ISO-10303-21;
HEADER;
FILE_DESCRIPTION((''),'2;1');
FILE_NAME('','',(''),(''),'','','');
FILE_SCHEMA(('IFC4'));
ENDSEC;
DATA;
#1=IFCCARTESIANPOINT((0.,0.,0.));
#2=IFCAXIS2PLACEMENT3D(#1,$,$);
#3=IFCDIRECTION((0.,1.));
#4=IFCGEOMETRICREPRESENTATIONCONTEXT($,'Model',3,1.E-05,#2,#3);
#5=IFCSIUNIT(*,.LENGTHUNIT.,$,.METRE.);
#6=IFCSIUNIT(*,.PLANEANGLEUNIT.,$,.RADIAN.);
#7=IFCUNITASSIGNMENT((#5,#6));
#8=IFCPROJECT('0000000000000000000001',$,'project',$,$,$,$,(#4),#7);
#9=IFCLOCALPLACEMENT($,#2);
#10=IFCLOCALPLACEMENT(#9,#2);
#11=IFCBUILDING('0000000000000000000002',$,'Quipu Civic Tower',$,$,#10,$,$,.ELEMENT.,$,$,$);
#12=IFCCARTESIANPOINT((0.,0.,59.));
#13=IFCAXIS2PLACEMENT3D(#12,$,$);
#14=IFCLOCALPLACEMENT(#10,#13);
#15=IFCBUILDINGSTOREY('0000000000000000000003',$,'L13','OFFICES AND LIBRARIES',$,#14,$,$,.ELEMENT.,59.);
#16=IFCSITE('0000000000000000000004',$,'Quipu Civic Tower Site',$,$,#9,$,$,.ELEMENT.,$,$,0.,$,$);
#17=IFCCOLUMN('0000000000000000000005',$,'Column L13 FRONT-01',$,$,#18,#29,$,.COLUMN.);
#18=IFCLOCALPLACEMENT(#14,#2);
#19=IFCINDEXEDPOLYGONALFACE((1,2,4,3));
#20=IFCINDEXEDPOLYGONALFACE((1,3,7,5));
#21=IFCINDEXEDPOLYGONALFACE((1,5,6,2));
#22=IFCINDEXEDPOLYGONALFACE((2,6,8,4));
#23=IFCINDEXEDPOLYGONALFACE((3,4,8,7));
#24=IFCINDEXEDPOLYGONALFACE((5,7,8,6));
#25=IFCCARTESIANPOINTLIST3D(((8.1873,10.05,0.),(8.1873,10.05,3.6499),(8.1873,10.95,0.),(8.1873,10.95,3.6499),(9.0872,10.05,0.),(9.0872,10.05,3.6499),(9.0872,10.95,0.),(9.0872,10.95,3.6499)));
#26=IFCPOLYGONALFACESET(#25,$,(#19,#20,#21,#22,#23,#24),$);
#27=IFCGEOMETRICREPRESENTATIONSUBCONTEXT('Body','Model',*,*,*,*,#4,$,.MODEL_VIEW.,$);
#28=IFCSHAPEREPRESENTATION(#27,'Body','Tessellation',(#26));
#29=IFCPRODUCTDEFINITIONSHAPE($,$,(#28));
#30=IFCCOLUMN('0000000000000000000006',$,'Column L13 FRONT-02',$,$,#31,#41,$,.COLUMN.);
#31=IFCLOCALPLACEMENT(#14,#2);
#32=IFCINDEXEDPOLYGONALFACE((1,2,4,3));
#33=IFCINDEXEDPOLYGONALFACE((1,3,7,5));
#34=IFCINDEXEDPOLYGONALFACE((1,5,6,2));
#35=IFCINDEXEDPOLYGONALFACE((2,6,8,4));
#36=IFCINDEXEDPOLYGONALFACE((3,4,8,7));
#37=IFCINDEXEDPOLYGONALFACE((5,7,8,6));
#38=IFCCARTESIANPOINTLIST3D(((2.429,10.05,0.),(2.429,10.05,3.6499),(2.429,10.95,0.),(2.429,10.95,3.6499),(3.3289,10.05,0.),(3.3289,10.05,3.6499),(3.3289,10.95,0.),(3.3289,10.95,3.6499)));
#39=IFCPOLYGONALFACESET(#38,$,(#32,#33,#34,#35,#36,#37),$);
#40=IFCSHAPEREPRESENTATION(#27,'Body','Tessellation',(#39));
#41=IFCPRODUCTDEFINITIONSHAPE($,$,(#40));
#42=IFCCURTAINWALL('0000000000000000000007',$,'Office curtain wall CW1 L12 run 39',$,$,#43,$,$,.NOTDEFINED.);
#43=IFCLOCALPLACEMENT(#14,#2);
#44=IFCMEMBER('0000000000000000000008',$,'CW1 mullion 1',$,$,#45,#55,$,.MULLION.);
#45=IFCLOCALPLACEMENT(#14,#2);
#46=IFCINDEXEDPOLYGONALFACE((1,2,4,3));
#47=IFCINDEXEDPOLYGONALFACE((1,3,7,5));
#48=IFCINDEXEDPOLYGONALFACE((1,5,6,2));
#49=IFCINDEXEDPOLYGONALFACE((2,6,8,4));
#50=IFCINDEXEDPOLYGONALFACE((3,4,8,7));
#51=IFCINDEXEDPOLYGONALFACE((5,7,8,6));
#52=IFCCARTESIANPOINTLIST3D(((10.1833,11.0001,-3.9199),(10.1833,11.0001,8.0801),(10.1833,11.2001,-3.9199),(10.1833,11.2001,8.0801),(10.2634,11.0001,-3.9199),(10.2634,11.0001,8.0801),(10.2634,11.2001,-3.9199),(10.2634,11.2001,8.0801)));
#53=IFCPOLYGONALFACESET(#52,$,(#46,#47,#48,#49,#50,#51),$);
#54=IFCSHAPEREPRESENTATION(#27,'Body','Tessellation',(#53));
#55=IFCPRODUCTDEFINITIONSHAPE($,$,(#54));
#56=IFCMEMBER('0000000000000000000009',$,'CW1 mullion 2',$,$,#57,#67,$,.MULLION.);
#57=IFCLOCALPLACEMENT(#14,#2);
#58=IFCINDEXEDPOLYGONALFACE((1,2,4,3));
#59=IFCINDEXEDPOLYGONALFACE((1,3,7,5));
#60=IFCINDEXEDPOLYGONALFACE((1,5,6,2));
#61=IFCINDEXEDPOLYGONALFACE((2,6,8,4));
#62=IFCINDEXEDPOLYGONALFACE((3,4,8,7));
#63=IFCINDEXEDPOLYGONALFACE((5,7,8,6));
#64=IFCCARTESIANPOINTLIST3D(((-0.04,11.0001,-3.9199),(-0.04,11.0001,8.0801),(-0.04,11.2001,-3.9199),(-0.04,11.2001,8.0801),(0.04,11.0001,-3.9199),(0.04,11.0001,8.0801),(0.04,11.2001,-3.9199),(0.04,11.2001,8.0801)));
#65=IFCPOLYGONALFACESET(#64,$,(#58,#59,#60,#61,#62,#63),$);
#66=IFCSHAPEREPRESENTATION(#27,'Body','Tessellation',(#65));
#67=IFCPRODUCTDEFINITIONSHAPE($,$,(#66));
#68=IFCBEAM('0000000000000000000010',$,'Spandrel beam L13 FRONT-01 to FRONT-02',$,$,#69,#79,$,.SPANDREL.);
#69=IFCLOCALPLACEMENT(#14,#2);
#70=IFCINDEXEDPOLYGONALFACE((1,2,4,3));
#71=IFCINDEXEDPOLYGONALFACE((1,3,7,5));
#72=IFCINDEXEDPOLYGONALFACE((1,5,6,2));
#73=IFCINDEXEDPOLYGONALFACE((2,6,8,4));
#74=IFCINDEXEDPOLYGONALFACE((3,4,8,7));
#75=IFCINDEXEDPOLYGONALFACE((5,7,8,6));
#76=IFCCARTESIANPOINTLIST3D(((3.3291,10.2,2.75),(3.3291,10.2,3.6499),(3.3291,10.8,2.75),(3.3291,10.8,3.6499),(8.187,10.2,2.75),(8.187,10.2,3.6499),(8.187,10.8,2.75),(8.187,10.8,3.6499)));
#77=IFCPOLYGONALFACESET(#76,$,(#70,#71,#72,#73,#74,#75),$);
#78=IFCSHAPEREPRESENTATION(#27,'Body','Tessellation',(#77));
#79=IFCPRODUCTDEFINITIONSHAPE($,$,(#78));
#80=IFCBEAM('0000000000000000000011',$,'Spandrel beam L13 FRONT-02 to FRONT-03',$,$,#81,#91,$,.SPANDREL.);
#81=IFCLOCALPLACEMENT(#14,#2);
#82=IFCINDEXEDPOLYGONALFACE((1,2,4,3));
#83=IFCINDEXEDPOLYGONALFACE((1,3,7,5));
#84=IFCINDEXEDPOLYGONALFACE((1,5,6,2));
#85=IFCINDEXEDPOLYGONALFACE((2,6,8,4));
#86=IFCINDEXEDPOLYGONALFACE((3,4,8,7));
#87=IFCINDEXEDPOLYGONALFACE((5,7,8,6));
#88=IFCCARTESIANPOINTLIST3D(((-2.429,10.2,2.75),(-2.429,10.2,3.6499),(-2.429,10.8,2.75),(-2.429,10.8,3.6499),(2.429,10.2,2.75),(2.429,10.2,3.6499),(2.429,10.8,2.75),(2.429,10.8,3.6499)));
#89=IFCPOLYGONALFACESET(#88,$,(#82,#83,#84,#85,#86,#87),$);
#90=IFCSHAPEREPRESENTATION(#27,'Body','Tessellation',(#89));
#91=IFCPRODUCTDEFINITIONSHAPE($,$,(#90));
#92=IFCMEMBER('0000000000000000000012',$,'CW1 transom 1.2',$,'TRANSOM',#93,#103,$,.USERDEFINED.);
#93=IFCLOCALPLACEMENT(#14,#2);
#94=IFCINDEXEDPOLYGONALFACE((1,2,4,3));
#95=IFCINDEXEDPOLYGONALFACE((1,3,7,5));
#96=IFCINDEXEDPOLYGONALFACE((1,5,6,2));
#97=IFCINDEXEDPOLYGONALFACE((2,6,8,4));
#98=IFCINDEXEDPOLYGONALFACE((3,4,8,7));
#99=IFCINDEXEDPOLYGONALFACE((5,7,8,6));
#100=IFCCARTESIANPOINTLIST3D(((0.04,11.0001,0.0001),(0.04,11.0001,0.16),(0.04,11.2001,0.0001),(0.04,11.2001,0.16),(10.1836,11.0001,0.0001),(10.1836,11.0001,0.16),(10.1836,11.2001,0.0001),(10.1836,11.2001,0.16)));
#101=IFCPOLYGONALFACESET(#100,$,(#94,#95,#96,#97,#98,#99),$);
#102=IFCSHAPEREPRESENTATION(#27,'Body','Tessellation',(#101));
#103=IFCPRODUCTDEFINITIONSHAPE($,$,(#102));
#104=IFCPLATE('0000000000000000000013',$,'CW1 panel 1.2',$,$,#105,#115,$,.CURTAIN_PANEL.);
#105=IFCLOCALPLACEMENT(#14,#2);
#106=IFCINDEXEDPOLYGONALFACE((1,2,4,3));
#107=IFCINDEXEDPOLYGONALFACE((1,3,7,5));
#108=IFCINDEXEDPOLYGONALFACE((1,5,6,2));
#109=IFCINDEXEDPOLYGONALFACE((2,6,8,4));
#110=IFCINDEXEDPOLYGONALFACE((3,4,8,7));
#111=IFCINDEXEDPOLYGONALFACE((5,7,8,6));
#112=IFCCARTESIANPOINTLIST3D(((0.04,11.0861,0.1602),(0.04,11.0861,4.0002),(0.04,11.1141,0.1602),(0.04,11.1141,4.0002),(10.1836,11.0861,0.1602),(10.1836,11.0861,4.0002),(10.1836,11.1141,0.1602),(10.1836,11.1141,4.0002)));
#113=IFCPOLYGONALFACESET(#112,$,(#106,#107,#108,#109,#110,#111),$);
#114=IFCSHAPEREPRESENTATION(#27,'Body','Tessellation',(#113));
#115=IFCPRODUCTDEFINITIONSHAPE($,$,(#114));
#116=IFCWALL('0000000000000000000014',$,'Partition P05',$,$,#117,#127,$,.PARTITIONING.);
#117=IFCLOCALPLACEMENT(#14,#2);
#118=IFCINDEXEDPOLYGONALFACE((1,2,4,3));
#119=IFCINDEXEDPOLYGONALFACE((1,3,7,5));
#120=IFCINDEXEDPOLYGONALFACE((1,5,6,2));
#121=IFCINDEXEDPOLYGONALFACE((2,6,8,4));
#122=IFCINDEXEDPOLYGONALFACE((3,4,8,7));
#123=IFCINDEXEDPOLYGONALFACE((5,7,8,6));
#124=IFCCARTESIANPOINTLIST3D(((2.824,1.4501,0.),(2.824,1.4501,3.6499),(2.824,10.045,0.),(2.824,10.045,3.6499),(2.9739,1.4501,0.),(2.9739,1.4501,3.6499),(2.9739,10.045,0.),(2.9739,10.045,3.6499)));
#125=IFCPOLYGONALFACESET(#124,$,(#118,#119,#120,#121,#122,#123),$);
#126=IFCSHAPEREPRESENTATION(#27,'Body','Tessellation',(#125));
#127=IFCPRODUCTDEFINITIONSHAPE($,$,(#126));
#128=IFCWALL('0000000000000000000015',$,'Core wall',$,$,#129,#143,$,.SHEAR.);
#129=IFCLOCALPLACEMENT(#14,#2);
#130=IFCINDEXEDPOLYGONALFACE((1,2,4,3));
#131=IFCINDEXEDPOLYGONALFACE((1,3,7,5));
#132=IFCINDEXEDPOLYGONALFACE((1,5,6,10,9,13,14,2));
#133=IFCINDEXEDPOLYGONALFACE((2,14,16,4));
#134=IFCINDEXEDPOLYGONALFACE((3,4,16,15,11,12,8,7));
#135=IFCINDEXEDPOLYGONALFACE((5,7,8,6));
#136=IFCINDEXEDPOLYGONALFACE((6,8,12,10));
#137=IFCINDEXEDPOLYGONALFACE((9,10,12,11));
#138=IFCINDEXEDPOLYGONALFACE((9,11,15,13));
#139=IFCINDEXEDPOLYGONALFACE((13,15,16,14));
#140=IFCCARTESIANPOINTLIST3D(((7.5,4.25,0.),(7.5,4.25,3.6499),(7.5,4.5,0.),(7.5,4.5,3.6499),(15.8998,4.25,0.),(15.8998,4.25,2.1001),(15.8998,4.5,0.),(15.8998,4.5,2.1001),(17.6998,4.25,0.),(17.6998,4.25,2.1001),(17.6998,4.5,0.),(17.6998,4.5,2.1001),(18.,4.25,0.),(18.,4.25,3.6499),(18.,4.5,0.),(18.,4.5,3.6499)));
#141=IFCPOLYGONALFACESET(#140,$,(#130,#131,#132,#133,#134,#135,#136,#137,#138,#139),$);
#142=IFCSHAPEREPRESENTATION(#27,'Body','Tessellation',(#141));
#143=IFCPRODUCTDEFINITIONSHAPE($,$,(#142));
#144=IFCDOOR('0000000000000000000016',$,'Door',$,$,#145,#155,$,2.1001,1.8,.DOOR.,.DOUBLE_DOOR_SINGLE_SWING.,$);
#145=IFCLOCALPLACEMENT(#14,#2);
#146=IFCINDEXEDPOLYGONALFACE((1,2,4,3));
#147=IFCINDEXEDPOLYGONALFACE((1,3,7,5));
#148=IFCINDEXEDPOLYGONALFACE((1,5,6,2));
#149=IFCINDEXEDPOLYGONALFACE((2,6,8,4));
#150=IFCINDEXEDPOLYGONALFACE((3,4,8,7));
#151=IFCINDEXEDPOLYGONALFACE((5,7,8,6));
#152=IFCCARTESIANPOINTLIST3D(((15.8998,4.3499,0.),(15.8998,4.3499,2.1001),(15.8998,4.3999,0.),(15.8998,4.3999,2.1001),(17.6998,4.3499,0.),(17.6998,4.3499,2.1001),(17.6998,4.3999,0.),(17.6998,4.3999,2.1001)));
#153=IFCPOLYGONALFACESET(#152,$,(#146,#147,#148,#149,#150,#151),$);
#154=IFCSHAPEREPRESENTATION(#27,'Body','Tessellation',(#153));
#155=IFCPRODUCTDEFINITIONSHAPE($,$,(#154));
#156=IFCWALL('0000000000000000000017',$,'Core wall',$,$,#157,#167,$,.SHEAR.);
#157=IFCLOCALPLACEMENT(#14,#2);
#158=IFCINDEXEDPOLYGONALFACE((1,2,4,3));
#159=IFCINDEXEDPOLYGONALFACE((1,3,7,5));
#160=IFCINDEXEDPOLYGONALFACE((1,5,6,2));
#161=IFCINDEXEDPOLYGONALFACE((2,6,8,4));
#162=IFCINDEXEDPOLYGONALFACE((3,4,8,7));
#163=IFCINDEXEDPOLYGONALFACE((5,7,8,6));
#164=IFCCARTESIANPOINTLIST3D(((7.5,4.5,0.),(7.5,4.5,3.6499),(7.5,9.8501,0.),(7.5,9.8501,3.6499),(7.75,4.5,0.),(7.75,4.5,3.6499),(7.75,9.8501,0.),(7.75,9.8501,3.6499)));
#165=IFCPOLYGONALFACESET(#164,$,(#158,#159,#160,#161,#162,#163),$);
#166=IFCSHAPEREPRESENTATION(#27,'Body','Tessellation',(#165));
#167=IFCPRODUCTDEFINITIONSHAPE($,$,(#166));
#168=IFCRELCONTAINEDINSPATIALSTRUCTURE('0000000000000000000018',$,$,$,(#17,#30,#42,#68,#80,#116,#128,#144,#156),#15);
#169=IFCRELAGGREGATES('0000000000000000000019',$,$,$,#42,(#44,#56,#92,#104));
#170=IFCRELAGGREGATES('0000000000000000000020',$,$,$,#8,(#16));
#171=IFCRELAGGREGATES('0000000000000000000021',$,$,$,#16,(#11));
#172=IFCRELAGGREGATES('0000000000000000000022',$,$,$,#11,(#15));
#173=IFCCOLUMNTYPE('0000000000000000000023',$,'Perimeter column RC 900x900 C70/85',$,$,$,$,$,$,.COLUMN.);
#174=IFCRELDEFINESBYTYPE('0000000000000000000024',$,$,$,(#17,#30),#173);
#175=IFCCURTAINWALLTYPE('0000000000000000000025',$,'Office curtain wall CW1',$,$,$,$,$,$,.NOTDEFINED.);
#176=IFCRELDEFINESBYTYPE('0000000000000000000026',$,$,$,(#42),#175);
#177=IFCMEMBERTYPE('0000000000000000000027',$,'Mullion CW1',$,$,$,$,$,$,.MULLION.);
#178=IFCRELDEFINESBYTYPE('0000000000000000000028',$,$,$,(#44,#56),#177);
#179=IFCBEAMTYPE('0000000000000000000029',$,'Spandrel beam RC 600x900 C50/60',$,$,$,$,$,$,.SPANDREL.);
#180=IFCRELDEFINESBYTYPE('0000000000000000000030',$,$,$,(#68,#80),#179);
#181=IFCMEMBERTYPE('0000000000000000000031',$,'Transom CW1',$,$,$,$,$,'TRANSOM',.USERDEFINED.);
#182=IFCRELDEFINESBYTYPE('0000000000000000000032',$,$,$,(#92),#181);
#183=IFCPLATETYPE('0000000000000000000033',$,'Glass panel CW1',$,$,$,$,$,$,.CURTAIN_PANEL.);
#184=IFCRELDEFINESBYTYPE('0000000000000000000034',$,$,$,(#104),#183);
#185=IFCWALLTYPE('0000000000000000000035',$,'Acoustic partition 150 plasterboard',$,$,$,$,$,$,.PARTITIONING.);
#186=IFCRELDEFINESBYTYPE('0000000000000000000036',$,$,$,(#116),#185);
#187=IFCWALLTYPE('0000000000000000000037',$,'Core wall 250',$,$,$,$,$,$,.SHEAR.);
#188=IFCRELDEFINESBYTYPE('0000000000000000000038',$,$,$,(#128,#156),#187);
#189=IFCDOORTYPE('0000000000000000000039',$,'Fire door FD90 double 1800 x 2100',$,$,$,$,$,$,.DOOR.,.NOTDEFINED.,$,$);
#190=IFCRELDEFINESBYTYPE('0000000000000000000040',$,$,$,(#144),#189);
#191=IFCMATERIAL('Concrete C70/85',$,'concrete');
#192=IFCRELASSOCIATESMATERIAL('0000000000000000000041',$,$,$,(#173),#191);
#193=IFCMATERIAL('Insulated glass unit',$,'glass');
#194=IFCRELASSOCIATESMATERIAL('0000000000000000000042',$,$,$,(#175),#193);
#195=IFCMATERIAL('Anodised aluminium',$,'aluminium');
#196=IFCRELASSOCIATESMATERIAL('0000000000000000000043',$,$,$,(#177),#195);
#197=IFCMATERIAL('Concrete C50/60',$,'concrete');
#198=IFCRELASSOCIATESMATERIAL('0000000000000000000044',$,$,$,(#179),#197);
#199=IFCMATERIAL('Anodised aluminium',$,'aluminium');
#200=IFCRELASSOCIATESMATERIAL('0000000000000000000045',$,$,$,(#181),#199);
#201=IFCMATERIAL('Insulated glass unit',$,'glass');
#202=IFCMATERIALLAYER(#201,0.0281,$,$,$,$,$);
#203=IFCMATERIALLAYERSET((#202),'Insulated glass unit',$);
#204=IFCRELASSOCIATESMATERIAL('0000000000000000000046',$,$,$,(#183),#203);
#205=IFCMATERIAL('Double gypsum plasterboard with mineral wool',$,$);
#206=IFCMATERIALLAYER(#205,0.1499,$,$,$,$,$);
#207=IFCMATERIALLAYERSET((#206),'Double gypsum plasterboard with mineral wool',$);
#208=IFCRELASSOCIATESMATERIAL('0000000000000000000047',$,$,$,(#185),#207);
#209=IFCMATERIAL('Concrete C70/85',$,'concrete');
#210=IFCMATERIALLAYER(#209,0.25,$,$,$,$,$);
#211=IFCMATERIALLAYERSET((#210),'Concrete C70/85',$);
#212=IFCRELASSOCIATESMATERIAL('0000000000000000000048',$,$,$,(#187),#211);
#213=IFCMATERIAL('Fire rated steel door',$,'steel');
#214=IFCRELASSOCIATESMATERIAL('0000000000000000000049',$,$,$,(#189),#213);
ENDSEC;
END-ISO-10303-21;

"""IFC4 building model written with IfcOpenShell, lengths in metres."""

from ifc_helpers import new_model, si_unit, direction, frame, frame_2d, origin, origin_2d, place, context, subcontext, project, spatial, rectangle, extrude, material, layer, layer_set, material_profile, profile_set, type_object, element, fill, aggregate, save


model = new_model("IFC4")

# Units and contexts
model_context = context("Model", 3, precision=1e-05, world=origin(), true_north=direction((0.0, 1.0)))
body_context = subcontext(model_context, "Body", "Model", "MODEL_VIEW")
ifc_project = project(units=[si_unit("LENGTHUNIT", "METRE"), si_unit("PLANEANGLEUNIT", "RADIAN")], contexts=[model_context])

# Site, building, storey
site_placement = place(None, origin())
site = spatial("IfcSite", under=ifc_project, at=site_placement, Name="Quipu Civic Tower Site", CompositionType="ELEMENT", RefElevation=0.0)
building_placement = place(site_placement, origin())
building = spatial("IfcBuilding", under=site, at=building_placement, Name="Quipu Civic Tower", CompositionType="ELEMENT")
storey_placement = place(building_placement, frame((0.0, 0.0, 59.0)))
storey = spatial("IfcBuildingStorey", under=building, at=storey_placement, Name="L13", Description="OFFICES AND LIBRARIES", CompositionType="ELEMENT", Elevation=59.0)

# Columns
ifc_material_1 = material(Name="Concrete C70/85", Category="concrete")
ifc_material_profile_1 = material_profile(ifc_material_1, rectangle(XDim=0.8999, YDim=0.8999, at=origin_2d()), Name="RC900x900")
ifc_profile_set_1 = profile_set([ifc_material_profile_1], Name="Concrete C70/85")
column_type = type_object("IfcColumnType", Name="Perimeter column RC 900x900 C70/85", PredefinedType="COLUMN", material=ifc_profile_set_1)
for number, where, z_axis, x_axis, name in (
    (1, (8.6372, 10.5, 0.0), (0.0, 0.0, 1.0), (-1.0, 0.0, 0.0), "Column L13 FRONT-01"),
    (2, (2.8789, 10.5, 0.0), (0.0, 0.0, 1.0), (-1.0, 0.0, 0.0), "Column L13 FRONT-02"),
):
    element("IfcColumn", number, at=place(storey_placement, frame(where, z_axis=z_axis, x_axis=x_axis)), inside=storey, type_object=column_type, Name=name, PredefinedType="COLUMN", context=body_context, shape_type="SweptSolid", body=[
        extrude(rectangle(XDim=0.8999, YDim=0.8999, at=origin_2d()), origin(), (0.0, 0.0, 1.0), 3.6499),
    ])

# Curtain wall, members
ifc_material_2 = material(Name="Insulated glass unit", Category="glass")
curtain_wall_type = type_object("IfcCurtainWallType", Name="Office curtain wall CW1", PredefinedType="NOTDEFINED", material=ifc_material_2)
curtain_wall_placement = place(storey_placement, origin())
curtain_wall = element("IfcCurtainWall", 3, at=curtain_wall_placement, inside=storey, type_object=curtain_wall_type, Name="Office curtain wall CW1 L12 run 39", PredefinedType="NOTDEFINED")
ifc_material_3 = material(Name="Anodised aluminium", Category="aluminium")
ifc_material_profile_2 = material_profile(ifc_material_3, rectangle(XDim=0.2, YDim=0.0801, at=origin_2d()), Name="RECT 200x80")
ifc_profile_set_2 = profile_set([ifc_material_profile_2], Name="Anodised aluminium")
member_type_1 = type_object("IfcMemberType", Name="Mullion CW1", PredefinedType="MULLION", material=ifc_profile_set_2)
member_1_placement = place(storey_placement, frame((10.2234, 11.1001, -3.9199), z_axis=(0.0, 0.0, 1.0), x_axis=(0.0, -1.0, 0.0)))
member_1 = element("IfcMember", 4, at=member_1_placement, type_object=member_type_1, Name="CW1 mullion 1", PredefinedType="MULLION", context=body_context, shape_type="SweptSolid", body=[
    extrude(rectangle(XDim=0.2, YDim=0.0801, at=origin_2d()), origin(), (0.0, 0.0, 1.0), 12.0),
])
member_2_placement = place(storey_placement, frame((0.0, 11.1001, -3.9199), z_axis=(0.0, 0.0, 1.0), x_axis=(0.0, -1.0, 0.0)))
member_2 = element("IfcMember", 5, at=member_2_placement, type_object=member_type_1, Name="CW1 mullion 2", PredefinedType="MULLION", context=body_context, shape_type="SweptSolid", body=[
    extrude(rectangle(XDim=0.2, YDim=0.0801, at=origin_2d()), origin(), (0.0, 0.0, 1.0), 12.0),
])

# Beams
ifc_material_4 = material(Name="Concrete C50/60", Category="concrete")
ifc_material_profile_3 = material_profile(ifc_material_4, rectangle(XDim=0.6001, YDim=0.8999, at=origin_2d()), Name="RC600x900")
ifc_profile_set_3 = profile_set([ifc_material_profile_3], Name="Concrete C50/60")
beam_type = type_object("IfcBeamType", Name="Spandrel beam RC 600x900 C50/60", PredefinedType="SPANDREL", material=ifc_profile_set_3)
for number, where, z_axis, x_axis, name in (
    (6, (8.187, 10.5, 3.2), (-1.0, 0.0, 0.0), (0.0, -1.0, 0.0), "Spandrel beam L13 FRONT-01 to FRONT-02"),
    (7, (2.429, 10.5, 3.2), (-1.0, 0.0, 0.0), (0.0, -1.0, 0.0), "Spandrel beam L13 FRONT-02 to FRONT-03"),
):
    element("IfcBeam", number, at=place(storey_placement, frame(where, z_axis=z_axis, x_axis=x_axis)), inside=storey, type_object=beam_type, Name=name, PredefinedType="SPANDREL", context=body_context, shape_type="SweptSolid", body=[
        extrude(rectangle(XDim=0.6001, YDim=0.8999, at=origin_2d()), origin(), (0.0, 0.0, 1.0), 4.8579),
    ])

# Member
ifc_material_5 = material(Name="Anodised aluminium", Category="aluminium")
ifc_material_profile_4 = material_profile(ifc_material_5, rectangle(XDim=0.2, YDim=0.1599, at=origin_2d()), Name="RECT 200x160")
ifc_profile_set_4 = profile_set([ifc_material_profile_4], Name="Anodised aluminium")
member_type_2 = type_object("IfcMemberType", Name="Transom CW1", ElementType="TRANSOM", PredefinedType="USERDEFINED", material=ifc_profile_set_4)
member_3_placement = place(storey_placement, frame((10.1836, 11.1001, 0.0801), z_axis=(-1.0, 0.0, 0.0), x_axis=(0.0, -1.0, 0.0)))
member_3 = element("IfcMember", 8, at=member_3_placement, type_object=member_type_2, Name="CW1 transom 1.2", ObjectType="TRANSOM", PredefinedType="USERDEFINED", context=body_context, shape_type="SweptSolid", body=[
    extrude(rectangle(XDim=0.2, YDim=0.1599, at=origin_2d()), origin(), (0.0, 0.0, 1.0), 10.1436),
])

# Plate
ifc_material_6 = material(Name="Insulated glass unit", Category="glass")
ifc_layer_1 = layer(ifc_material_6, 0.0281)
ifc_layer_set_1 = layer_set([ifc_layer_1], Name="Insulated glass unit")
plate_type = type_object("IfcPlateType", Name="Glass panel CW1", PredefinedType="CURTAIN_PANEL", material=ifc_layer_set_1)
plate_placement = place(storey_placement, frame((5.1118, 11.1001, 0.1602), z_axis=(0.0, 0.0, 1.0), x_axis=(-1.0, 0.0, 0.0)))
plate = element("IfcPlate", 9, at=plate_placement, type_object=plate_type, Name="CW1 panel 1.2", PredefinedType="CURTAIN_PANEL", context=body_context, shape_type="SweptSolid", body=[
    extrude(rectangle(XDim=10.1436, YDim=0.0281, at=origin_2d()), origin(), (0.0, 0.0, 1.0), 3.8401),
])
aggregate(curtain_wall, [member_1, member_2, member_3, plate])

# Wall
ifc_material_7 = material(Name="Double gypsum plasterboard with mineral wool")
ifc_layer_2 = layer(ifc_material_7, 0.1499)
ifc_layer_set_2 = layer_set([ifc_layer_2], Name="Double gypsum plasterboard with mineral wool")
wall_type_1 = type_object("IfcWallType", Name="Acoustic partition 150 plasterboard", PredefinedType="PARTITIONING", material=ifc_layer_set_2)
wall_1_placement = place(storey_placement, frame((2.8989, 10.0449, 0.0), z_axis=(0.0, 0.0, 1.0), x_axis=(0.0, -1.0, 0.0)))
element("IfcWall", 10, at=wall_1_placement, inside=storey, type_object=wall_type_1, Name="Partition P05", PredefinedType="PARTITIONING", context=body_context, shape_type="SweptSolid", body=[
    extrude(rectangle(XDim=8.595, YDim=0.1499, at=frame_2d((4.2974, 0.0))), origin(), (0.0, 0.0, 1.0), 3.6499),
])

# Wall, opening, door
ifc_material_8 = material(Name="Concrete C70/85", Category="concrete")
ifc_layer_3 = layer(ifc_material_8, 0.25)
ifc_layer_set_3 = layer_set([ifc_layer_3], Name="Concrete C70/85")
wall_type_2 = type_object("IfcWallType", Name="Core wall 250", PredefinedType="SHEAR", material=ifc_layer_set_3)
wall_2_placement = place(storey_placement, frame((7.5, 4.375, 0.0), z_axis=(0.0, 0.0, 1.0), x_axis=(1.0, 0.0, 0.0)))
wall_2 = element("IfcWall", 11, at=wall_2_placement, inside=storey, type_object=wall_type_2, Name="Core wall", PredefinedType="SHEAR", context=body_context, shape_type="SweptSolid", body=[
    extrude(rectangle(XDim=10.5, YDim=0.25, at=frame_2d((5.25, 0.0))), origin(), (0.0, 0.0, 1.0), 3.6499),
])
opening_1_placement = place(wall_2_placement, frame((8.3999, 0.0, 0.0)))
opening_1 = element("IfcOpeningElement", 12, at=opening_1_placement, cuts=wall_2, PredefinedType="OPENING", context=body_context, shape_type="SweptSolid", body=[
    extrude(rectangle(XDim=1.8, YDim=2.1001, at=frame_2d((0.8999, 1.05))), frame((0.0, 0.135, 0.0), z_axis=(0.0, -1.0, 0.0), x_axis=(1.0, 0.0, 0.0)), (0.0, 0.0, 1.0), 0.27),
])
ifc_material_9 = material(Name="Fire rated steel door", Category="steel")
door_type = type_object("IfcDoorType", Name="Fire door FD90 double 1800 x 2100", OperationType="NOTDEFINED", PredefinedType="DOOR", material=ifc_material_9)
door_placement = place(opening_1_placement, origin())
door = element("IfcDoor", 13, at=door_placement, inside=storey, type_object=door_type, Name="Door", OperationType="DOUBLE_DOOR_SINGLE_SWING", OverallHeight=2.1001, OverallWidth=1.8, PredefinedType="DOOR", context=body_context, shape_type="SweptSolid", body=[
    extrude(rectangle(XDim=1.8, YDim=2.1001, at=frame_2d((0.8999, 1.05))), frame((0.0, 0.0249, 0.0), z_axis=(0.0, -1.0, 0.0), x_axis=(1.0, 0.0, 0.0)), (0.0, 0.0, 1.0), 0.05),
])
fill(opening_1, door)

# Wall
wall_3_placement = place(storey_placement, frame((7.625, 4.5, 0.0), z_axis=(0.0, 0.0, 1.0), x_axis=(0.0, 1.0, 0.0)))
element("IfcWall", 14, at=wall_3_placement, inside=storey, type_object=wall_type_2, Name="Core wall", PredefinedType="SHEAR", context=body_context, shape_type="SweptSolid", body=[
    extrude(rectangle(XDim=5.3501, YDim=0.25, at=frame_2d((2.675, 0.0))), origin(), (0.0, 0.0, 1.0), 3.6499),
])

save(model, "model.ifc")
